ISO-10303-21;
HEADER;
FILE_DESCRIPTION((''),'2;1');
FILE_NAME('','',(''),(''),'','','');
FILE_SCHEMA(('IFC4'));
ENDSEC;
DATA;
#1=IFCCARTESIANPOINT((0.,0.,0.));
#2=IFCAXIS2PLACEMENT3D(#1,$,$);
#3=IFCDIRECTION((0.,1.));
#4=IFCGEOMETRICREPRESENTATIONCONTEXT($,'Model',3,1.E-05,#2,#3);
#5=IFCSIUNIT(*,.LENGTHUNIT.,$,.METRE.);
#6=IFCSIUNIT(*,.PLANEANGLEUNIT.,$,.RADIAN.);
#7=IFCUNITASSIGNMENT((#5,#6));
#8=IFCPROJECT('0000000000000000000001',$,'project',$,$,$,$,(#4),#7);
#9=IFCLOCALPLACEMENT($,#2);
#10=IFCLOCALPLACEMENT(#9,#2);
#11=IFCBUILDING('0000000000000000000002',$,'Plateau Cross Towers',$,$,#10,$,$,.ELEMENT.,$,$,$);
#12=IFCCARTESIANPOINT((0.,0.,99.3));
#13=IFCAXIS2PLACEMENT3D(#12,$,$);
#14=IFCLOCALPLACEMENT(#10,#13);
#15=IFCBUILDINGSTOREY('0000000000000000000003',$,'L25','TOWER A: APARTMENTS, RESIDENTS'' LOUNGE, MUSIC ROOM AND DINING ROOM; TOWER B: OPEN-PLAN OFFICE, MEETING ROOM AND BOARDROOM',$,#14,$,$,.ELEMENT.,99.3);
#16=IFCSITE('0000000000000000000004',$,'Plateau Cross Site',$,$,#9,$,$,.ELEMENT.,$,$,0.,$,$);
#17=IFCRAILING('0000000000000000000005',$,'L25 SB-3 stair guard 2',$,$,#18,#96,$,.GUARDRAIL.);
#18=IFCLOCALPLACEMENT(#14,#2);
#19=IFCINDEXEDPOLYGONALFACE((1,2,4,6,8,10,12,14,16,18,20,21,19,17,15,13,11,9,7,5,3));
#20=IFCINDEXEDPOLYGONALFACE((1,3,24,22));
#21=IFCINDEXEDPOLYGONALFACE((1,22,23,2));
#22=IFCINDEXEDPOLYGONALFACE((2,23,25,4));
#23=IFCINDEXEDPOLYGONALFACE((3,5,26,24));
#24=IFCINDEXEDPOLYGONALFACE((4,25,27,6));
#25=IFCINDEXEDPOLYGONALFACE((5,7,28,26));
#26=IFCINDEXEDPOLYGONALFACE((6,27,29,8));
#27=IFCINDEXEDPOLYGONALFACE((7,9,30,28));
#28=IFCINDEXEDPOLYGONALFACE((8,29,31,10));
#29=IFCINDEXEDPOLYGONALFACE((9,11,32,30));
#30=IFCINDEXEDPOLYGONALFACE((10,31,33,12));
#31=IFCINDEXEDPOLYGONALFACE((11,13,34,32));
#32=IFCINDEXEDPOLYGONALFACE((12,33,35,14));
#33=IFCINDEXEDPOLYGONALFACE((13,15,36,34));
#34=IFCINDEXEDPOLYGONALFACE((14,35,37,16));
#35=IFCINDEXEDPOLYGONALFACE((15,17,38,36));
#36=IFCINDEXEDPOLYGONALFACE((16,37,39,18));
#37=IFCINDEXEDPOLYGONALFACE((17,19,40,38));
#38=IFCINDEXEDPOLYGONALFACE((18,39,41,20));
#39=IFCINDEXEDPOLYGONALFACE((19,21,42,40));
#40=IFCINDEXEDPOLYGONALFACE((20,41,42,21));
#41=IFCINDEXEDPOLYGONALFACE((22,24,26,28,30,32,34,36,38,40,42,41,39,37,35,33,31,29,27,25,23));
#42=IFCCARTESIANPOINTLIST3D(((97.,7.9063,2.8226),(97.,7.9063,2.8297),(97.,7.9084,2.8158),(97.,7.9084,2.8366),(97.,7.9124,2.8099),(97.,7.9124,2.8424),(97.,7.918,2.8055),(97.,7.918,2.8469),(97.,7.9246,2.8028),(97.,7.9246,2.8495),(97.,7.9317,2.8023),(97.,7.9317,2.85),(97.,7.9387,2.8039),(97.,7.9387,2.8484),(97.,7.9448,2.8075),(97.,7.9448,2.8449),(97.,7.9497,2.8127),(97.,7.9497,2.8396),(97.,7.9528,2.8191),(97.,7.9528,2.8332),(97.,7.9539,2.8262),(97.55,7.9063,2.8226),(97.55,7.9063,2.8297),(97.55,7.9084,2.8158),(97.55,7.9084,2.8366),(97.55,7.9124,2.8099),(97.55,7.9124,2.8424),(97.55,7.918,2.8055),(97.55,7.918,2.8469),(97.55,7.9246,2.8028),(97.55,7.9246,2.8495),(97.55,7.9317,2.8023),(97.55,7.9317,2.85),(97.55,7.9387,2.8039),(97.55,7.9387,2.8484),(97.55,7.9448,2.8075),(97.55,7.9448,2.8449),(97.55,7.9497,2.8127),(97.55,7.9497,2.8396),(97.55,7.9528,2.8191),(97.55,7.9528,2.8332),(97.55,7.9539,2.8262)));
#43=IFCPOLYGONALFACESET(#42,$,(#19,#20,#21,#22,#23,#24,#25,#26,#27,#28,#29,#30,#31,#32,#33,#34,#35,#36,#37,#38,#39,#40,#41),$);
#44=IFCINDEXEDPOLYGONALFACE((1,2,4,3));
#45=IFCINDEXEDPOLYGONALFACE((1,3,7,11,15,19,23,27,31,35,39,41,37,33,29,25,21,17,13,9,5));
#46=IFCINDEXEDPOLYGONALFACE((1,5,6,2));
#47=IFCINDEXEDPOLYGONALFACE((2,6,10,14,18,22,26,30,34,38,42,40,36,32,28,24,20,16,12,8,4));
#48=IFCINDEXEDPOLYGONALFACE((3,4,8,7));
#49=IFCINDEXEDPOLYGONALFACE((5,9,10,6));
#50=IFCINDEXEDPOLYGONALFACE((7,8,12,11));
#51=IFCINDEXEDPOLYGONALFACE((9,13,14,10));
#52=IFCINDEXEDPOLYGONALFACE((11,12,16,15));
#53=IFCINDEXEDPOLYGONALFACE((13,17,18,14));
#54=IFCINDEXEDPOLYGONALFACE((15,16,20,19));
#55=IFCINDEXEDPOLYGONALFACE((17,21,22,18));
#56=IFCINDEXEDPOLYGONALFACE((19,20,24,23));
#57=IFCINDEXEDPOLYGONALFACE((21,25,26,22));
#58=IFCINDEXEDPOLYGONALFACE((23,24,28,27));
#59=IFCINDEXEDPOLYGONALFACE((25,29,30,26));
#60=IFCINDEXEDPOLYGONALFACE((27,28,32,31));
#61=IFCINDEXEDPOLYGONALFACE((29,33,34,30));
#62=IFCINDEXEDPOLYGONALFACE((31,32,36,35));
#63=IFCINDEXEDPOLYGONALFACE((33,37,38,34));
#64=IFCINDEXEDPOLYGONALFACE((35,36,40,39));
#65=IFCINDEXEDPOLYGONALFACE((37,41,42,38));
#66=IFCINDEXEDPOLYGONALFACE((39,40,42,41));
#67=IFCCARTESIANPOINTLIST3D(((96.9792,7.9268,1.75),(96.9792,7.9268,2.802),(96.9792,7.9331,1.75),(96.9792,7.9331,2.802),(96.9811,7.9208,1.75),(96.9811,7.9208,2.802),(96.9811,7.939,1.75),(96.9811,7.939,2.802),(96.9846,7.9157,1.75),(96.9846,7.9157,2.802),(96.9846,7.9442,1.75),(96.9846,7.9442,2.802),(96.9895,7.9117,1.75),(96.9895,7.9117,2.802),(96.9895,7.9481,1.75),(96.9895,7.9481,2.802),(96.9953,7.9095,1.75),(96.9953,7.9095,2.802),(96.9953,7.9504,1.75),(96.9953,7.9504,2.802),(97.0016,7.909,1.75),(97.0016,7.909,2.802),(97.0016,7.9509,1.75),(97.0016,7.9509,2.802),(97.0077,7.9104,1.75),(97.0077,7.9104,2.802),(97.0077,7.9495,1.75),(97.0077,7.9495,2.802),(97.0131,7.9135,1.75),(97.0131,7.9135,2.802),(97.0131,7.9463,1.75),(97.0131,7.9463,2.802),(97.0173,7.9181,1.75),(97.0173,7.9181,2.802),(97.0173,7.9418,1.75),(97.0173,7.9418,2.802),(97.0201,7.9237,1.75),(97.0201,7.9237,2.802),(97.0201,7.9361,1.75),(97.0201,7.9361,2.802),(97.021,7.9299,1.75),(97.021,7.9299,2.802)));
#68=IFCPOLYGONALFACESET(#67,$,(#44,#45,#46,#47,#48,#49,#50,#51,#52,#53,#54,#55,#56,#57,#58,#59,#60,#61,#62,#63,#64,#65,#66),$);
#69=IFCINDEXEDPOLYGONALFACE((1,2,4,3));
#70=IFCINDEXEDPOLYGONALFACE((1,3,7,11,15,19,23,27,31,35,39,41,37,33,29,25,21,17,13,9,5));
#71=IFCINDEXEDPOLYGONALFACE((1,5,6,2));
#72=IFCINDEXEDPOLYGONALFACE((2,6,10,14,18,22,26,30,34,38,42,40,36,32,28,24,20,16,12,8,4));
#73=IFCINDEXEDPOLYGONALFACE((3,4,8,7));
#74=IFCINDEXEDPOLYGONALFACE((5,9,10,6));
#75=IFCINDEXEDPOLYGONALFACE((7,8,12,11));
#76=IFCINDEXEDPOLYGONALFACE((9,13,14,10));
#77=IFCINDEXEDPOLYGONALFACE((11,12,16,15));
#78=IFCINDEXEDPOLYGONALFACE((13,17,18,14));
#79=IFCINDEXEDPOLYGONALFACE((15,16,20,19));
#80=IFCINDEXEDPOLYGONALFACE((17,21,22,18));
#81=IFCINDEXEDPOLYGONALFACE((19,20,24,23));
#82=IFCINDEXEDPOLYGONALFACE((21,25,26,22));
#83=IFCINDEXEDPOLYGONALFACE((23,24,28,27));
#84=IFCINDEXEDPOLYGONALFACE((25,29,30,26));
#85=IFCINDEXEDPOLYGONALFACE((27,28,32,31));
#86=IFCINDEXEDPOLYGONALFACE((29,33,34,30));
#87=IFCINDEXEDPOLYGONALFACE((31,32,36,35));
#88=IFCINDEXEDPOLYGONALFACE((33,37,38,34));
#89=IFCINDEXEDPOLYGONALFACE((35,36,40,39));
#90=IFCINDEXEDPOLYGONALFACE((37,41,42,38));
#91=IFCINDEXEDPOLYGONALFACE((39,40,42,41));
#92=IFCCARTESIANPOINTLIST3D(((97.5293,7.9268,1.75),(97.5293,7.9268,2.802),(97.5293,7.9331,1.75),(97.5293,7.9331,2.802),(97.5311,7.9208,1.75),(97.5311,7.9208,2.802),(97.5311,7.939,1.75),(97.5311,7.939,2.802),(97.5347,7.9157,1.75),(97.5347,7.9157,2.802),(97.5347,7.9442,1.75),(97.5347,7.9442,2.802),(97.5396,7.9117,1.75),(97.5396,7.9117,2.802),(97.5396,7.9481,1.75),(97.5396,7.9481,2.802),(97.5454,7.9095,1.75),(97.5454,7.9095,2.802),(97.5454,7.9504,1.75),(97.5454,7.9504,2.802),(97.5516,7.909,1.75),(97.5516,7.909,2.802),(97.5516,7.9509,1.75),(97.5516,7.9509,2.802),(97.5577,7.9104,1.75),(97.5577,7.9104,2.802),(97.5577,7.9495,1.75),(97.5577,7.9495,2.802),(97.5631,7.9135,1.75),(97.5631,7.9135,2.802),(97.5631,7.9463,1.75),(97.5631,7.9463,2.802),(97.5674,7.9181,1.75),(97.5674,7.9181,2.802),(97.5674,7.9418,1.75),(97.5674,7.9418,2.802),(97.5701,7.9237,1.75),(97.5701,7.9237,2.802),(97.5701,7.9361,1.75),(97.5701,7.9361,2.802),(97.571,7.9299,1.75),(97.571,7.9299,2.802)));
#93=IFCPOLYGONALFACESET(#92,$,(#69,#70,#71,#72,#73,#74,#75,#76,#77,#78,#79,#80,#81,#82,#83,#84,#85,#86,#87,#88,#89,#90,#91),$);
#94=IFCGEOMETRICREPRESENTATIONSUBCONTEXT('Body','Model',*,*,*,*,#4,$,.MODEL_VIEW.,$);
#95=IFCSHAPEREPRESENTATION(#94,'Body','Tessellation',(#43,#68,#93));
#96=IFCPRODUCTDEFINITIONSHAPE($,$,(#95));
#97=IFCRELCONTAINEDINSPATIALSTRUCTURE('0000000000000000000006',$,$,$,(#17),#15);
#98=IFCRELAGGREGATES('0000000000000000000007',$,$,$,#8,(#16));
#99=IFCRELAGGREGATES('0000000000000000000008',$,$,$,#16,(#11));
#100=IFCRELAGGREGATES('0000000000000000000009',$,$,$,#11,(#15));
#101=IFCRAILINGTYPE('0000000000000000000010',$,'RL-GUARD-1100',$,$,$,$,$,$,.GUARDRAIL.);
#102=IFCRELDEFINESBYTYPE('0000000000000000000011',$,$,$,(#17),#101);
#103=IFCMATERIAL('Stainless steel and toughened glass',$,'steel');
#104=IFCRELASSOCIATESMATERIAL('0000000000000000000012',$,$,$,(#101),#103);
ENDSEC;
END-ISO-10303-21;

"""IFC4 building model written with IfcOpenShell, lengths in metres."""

from ifc_helpers import new_model, si_unit, direction, frame, origin, origin_2d, place, context, subcontext, project, spatial, circle, extrude, material, type_object, element, save


model = new_model("IFC4")

# Units and contexts
model_context = context("Model", 3, precision=1e-05, world=origin(), true_north=direction((0.0, 1.0)))
body_context = subcontext(model_context, "Body", "Model", "MODEL_VIEW")
ifc_project = project(units=[si_unit("LENGTHUNIT", "METRE"), si_unit("PLANEANGLEUNIT", "RADIAN")], contexts=[model_context])

# Site, building, storey
site_placement = place(None, origin())
site = spatial("IfcSite", under=ifc_project, at=site_placement, Name="Plateau Cross Site", CompositionType="ELEMENT", RefElevation=0.0)
building_placement = place(site_placement, origin())
building = spatial("IfcBuilding", under=site, at=building_placement, Name="Plateau Cross Towers", CompositionType="ELEMENT")
storey_placement = place(building_placement, frame((0.0, 0.0, 99.3)))
storey = spatial("IfcBuildingStorey", under=building, at=storey_placement, Name="L25", Description="TOWER A: APARTMENTS, RESIDENTS' LOUNGE, MUSIC ROOM AND DINING ROOM; TOWER B: OPEN-PLAN OFFICE, MEETING ROOM AND BOARDROOM", CompositionType="ELEMENT", Elevation=99.3)

# Railing
ifc_material_1 = material(Name="Stainless steel and toughened glass", Category="steel")
railing_type_1 = type_object("IfcRailingType", Name="RL-GUARD-1100", PredefinedType="GUARDRAIL", material=ifc_material_1)
railing_1_placement = place(storey_placement, frame((97.0, 7.9299, 1.75)))
element("IfcRailing", 1, at=railing_1_placement, inside=storey, type_object=railing_type_1, Name="L25 SB-3 stair guard 2", PredefinedType="GUARDRAIL", context=body_context, shape_type="SweptSolid", body=[
    extrude(circle(Radius=0.0239, at=origin_2d()), frame((0.0, 0.0, 1.0762), z_axis=(1.0, 0.0, 0.0), x_axis=(0.0, 1.0, 0.0)), (0.0, 0.0, 1.0), 0.55),
    extrude(circle(Radius=0.021, at=origin_2d()), origin(), (0.0, 0.0, 1.0), 1.052),
    extrude(circle(Radius=0.021, at=origin_2d()), frame((0.55, 0.0, 0.0)), (0.0, 0.0, 1.0), 1.052),
])

save(model, "model.ifc")
